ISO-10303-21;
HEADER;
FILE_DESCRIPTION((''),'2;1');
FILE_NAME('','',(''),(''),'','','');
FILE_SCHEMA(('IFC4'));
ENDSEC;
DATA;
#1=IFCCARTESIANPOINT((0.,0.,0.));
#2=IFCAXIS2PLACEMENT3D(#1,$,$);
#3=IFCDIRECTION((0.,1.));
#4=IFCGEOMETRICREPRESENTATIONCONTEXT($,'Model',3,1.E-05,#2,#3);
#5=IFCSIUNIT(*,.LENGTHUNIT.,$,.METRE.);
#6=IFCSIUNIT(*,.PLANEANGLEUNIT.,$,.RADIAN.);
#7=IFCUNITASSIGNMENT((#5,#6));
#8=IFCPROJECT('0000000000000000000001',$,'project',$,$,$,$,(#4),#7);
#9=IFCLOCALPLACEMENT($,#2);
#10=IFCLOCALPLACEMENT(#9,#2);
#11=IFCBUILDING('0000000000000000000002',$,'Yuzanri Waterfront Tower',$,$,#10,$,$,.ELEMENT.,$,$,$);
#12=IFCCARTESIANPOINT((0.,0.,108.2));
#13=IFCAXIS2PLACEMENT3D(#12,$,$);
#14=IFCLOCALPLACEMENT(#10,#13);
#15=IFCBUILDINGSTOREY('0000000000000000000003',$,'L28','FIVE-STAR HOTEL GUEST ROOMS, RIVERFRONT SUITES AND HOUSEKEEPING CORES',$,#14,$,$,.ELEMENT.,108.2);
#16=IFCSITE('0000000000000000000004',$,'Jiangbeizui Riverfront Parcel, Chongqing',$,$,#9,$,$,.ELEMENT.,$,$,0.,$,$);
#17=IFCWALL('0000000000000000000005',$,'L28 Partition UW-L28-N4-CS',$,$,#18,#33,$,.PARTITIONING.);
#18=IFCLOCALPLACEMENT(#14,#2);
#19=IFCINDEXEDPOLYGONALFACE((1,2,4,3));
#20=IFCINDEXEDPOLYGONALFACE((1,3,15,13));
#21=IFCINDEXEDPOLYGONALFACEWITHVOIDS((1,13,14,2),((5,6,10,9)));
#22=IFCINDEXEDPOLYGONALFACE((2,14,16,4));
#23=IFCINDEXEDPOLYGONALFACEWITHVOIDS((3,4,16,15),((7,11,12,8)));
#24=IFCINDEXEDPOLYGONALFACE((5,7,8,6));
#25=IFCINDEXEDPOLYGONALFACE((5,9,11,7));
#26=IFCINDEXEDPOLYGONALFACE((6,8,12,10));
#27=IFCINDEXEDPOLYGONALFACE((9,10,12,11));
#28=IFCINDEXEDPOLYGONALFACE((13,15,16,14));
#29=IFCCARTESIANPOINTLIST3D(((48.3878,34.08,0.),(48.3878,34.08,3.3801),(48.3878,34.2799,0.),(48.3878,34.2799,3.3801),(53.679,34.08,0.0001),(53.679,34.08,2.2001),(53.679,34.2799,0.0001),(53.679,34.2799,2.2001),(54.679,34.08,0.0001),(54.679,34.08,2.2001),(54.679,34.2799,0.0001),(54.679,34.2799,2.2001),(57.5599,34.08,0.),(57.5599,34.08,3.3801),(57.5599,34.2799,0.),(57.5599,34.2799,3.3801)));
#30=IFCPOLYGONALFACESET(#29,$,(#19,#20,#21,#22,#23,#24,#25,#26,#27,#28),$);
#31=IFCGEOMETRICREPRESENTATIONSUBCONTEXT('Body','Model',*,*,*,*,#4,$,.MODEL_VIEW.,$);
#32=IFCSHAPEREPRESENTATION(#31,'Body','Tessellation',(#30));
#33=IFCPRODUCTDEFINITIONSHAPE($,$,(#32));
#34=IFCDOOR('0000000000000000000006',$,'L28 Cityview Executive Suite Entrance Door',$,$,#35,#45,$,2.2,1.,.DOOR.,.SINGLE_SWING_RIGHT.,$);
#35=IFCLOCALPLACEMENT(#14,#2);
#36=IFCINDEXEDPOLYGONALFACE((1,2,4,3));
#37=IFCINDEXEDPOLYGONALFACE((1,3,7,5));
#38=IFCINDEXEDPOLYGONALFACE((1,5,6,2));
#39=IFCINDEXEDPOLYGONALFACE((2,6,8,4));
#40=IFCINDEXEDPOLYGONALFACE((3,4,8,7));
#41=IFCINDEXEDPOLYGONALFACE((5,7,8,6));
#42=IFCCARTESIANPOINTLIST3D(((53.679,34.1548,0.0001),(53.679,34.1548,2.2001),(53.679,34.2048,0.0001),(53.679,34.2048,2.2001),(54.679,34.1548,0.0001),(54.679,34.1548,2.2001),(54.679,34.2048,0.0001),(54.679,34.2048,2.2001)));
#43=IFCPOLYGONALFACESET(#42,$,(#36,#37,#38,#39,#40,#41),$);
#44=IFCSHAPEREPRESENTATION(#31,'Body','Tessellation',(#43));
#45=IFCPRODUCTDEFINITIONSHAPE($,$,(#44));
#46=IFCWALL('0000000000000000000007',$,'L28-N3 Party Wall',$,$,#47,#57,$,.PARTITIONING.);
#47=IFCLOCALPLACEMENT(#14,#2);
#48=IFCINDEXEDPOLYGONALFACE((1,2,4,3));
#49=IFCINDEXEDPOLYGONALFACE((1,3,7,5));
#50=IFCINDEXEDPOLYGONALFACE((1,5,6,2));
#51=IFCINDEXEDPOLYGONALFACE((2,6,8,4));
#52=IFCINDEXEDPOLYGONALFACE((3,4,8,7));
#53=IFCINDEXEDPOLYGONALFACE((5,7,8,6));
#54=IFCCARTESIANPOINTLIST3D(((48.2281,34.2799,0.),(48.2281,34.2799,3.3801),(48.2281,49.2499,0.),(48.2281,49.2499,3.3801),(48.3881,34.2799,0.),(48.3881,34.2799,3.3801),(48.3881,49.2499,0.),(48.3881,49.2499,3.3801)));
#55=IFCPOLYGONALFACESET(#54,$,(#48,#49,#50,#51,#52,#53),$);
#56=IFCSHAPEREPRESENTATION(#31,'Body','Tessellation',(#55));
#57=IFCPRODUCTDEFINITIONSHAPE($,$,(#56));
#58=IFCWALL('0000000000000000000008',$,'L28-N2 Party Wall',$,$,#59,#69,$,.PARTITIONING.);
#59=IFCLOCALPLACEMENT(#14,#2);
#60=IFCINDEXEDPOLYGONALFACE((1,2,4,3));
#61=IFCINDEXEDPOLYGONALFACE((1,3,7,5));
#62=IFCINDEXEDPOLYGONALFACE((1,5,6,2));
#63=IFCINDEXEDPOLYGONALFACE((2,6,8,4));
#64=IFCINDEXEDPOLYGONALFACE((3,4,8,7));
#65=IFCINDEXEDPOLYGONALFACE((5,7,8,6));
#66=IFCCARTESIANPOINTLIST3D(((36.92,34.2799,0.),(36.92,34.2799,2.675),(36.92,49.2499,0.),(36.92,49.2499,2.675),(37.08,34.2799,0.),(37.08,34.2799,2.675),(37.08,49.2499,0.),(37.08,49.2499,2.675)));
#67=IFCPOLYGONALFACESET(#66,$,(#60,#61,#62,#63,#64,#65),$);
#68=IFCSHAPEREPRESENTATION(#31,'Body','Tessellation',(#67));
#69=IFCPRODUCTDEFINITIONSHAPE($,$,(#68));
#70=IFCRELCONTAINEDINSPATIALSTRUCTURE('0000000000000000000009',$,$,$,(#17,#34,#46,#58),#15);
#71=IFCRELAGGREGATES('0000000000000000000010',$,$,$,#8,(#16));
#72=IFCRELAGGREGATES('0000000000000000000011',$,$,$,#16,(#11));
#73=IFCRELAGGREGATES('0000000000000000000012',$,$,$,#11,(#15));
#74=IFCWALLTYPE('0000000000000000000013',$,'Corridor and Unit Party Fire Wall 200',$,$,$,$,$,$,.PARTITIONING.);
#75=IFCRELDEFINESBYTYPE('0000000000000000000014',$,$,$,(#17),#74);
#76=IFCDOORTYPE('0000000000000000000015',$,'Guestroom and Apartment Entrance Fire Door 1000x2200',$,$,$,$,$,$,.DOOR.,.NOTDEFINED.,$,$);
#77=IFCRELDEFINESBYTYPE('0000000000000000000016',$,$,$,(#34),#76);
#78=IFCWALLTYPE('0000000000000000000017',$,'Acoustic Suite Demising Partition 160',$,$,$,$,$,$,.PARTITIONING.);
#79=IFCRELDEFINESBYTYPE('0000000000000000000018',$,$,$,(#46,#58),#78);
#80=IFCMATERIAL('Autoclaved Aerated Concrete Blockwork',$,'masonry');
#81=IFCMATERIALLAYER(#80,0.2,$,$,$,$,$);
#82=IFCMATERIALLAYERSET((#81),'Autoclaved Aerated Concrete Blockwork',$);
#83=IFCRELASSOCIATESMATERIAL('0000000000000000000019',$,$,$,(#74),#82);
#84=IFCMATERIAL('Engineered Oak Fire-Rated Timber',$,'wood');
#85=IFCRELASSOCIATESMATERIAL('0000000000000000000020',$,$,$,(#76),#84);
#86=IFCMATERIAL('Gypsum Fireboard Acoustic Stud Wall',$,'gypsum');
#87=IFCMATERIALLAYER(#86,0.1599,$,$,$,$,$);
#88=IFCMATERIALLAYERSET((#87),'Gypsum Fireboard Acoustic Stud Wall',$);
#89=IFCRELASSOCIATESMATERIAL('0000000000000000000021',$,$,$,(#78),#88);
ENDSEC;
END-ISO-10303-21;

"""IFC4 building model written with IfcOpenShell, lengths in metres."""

from ifc_helpers import new_model, si_unit, direction, frame, frame_2d, origin, place, context, subcontext, project, spatial, rectangle, extrude, source, transform, mapped, material, layer, layer_set, type_object, element, fill, save


model = new_model("IFC4")

# Units and contexts
model_context = context("Model", 3, precision=1e-05, world=origin(), true_north=direction((0.0, 1.0)))
body_context = subcontext(model_context, "Body", "Model", "MODEL_VIEW")
ifc_project = project(units=[si_unit("LENGTHUNIT", "METRE"), si_unit("PLANEANGLEUNIT", "RADIAN")], contexts=[model_context])

# Site, building, storey
site_placement = place(None, origin())
site = spatial("IfcSite", under=ifc_project, at=site_placement, Name="Jiangbeizui Riverfront Parcel, Chongqing", CompositionType="ELEMENT", RefElevation=0.0)
building_placement = place(site_placement, origin())
building = spatial("IfcBuilding", under=site, at=building_placement, Name="Yuzanri Waterfront Tower", CompositionType="ELEMENT")
storey_placement = place(building_placement, frame((0.0, 0.0, 108.2)))
storey = spatial("IfcBuildingStorey", under=building, at=storey_placement, Name="L28", Description="FIVE-STAR HOTEL GUEST ROOMS, RIVERFRONT SUITES AND HOUSEKEEPING CORES", CompositionType="ELEMENT", Elevation=108.2)

# Wall, opening, door
ifc_material_1 = material(Name="Autoclaved Aerated Concrete Blockwork", Category="masonry")
ifc_layer_1 = layer(ifc_material_1, 0.2)
ifc_layer_set_1 = layer_set([ifc_layer_1], Name="Autoclaved Aerated Concrete Blockwork")
wall_type_1 = type_object("IfcWallType", Name="Corridor and Unit Party Fire Wall 200", PredefinedType="PARTITIONING", material=ifc_layer_set_1)
ifc_material_2 = material(Name="Engineered Oak Fire-Rated Timber", Category="wood")
door_type_1 = type_object("IfcDoorType", Name="Guestroom and Apartment Entrance Fire Door 1000x2200", OperationType="NOTDEFINED", PredefinedType="DOOR", material=ifc_material_2)
shared_shape_1 = source(origin(), body_context, "Body", "SweptSolid", [
    extrude(rectangle(XDim=1.0, YDim=2.2, at=frame_2d((0.5, 1.1001))), frame((0.0, 0.0249, 0.0), z_axis=(0.0, -1.0, 0.0), x_axis=(1.0, 0.0, 0.0)), (0.0, 0.0, 1.0), 0.05),
])
wall_1_placement = place(storey_placement, frame((48.3879, 34.1799, 0.0), z_axis=(0.0, 0.0, 1.0), x_axis=(1.0, 0.0, 0.0)))
wall_1 = element("IfcWall", 1, at=wall_1_placement, inside=storey, type_object=wall_type_1, Name="L28 Partition UW-L28-N4-CS", PredefinedType="PARTITIONING", context=body_context, shape_type="SweptSolid", body=[
    extrude(rectangle(XDim=9.1721, YDim=0.2, at=frame_2d((4.5859, 0.0))), origin(), (0.0, 0.0, 1.0), 3.3801),
])
opening_1_placement = place(wall_1_placement, frame((5.291, 0.0, 0.0)))
opening_1 = element("IfcOpeningElement", 2, at=opening_1_placement, cuts=wall_1, PredefinedType="OPENING", context=body_context, shape_type="SweptSolid", body=[
    extrude(rectangle(XDim=1.0, YDim=2.2, at=frame_2d((0.5, 1.1001))), frame((0.0, 0.1147, 0.0), z_axis=(0.0, -1.0, 0.0), x_axis=(1.0, 0.0, 0.0)), (0.0, 0.0, 1.0), 0.2297),
])
door_1_placement = place(opening_1_placement, origin())
door_1 = element("IfcDoor", 3, at=door_1_placement, inside=storey, type_object=door_type_1, Name="L28 Cityview Executive Suite Entrance Door", OperationType="SINGLE_SWING_RIGHT", OverallHeight=2.2, OverallWidth=1.0, PredefinedType="DOOR", context=body_context, shape_type="MappedRepresentation", body=[
    mapped(shared_shape_1, transform((0.0, 0.0, 0.0), scale=1.0)),
])
fill(opening_1, door_1)

# Walls
ifc_material_3 = material(Name="Gypsum Fireboard Acoustic Stud Wall", Category="gypsum")
ifc_layer_2 = layer(ifc_material_3, 0.1599)
ifc_layer_set_2 = layer_set([ifc_layer_2], Name="Gypsum Fireboard Acoustic Stud Wall")
wall_type_2 = type_object("IfcWallType", Name="Acoustic Suite Demising Partition 160", PredefinedType="PARTITIONING", material=ifc_layer_set_2)
shared_shape_2 = source(origin(), body_context, "Body", "SweptSolid", [
    extrude(rectangle(XDim=14.97, YDim=0.1599, at=frame_2d((7.4849, 0.0))), origin(), (0.0, 0.0, 1.0), 3.3801),
])
wall_2_placement = place(storey_placement, frame((48.3081, 34.28, 0.0), z_axis=(0.0, 0.0, 1.0), x_axis=(0.0, 1.0, 0.0)))
element("IfcWall", 4, at=wall_2_placement, inside=storey, type_object=wall_type_2, Name="L28-N3 Party Wall", PredefinedType="PARTITIONING", context=body_context, shape_type="MappedRepresentation", body=[
    mapped(shared_shape_2, transform((0.0, 0.0, 0.0), scale=1.0)),
])
shared_shape_3 = source(origin(), body_context, "Body", "SweptSolid", [
    extrude(rectangle(XDim=14.97, YDim=0.1599, at=frame_2d((7.4849, 0.0))), origin(), (0.0, 0.0, 1.0), 2.675),
])
wall_3_placement = place(storey_placement, frame((37.0, 34.28, 0.0), z_axis=(0.0, 0.0, 1.0), x_axis=(0.0, 1.0, 0.0)))
element("IfcWall", 5, at=wall_3_placement, inside=storey, type_object=wall_type_2, Name="L28-N2 Party Wall", PredefinedType="PARTITIONING", context=body_context, shape_type="MappedRepresentation", body=[
    mapped(shared_shape_3, transform((0.0, 0.0, 0.0), scale=1.0)),
])

save(model, "model.ifc")
